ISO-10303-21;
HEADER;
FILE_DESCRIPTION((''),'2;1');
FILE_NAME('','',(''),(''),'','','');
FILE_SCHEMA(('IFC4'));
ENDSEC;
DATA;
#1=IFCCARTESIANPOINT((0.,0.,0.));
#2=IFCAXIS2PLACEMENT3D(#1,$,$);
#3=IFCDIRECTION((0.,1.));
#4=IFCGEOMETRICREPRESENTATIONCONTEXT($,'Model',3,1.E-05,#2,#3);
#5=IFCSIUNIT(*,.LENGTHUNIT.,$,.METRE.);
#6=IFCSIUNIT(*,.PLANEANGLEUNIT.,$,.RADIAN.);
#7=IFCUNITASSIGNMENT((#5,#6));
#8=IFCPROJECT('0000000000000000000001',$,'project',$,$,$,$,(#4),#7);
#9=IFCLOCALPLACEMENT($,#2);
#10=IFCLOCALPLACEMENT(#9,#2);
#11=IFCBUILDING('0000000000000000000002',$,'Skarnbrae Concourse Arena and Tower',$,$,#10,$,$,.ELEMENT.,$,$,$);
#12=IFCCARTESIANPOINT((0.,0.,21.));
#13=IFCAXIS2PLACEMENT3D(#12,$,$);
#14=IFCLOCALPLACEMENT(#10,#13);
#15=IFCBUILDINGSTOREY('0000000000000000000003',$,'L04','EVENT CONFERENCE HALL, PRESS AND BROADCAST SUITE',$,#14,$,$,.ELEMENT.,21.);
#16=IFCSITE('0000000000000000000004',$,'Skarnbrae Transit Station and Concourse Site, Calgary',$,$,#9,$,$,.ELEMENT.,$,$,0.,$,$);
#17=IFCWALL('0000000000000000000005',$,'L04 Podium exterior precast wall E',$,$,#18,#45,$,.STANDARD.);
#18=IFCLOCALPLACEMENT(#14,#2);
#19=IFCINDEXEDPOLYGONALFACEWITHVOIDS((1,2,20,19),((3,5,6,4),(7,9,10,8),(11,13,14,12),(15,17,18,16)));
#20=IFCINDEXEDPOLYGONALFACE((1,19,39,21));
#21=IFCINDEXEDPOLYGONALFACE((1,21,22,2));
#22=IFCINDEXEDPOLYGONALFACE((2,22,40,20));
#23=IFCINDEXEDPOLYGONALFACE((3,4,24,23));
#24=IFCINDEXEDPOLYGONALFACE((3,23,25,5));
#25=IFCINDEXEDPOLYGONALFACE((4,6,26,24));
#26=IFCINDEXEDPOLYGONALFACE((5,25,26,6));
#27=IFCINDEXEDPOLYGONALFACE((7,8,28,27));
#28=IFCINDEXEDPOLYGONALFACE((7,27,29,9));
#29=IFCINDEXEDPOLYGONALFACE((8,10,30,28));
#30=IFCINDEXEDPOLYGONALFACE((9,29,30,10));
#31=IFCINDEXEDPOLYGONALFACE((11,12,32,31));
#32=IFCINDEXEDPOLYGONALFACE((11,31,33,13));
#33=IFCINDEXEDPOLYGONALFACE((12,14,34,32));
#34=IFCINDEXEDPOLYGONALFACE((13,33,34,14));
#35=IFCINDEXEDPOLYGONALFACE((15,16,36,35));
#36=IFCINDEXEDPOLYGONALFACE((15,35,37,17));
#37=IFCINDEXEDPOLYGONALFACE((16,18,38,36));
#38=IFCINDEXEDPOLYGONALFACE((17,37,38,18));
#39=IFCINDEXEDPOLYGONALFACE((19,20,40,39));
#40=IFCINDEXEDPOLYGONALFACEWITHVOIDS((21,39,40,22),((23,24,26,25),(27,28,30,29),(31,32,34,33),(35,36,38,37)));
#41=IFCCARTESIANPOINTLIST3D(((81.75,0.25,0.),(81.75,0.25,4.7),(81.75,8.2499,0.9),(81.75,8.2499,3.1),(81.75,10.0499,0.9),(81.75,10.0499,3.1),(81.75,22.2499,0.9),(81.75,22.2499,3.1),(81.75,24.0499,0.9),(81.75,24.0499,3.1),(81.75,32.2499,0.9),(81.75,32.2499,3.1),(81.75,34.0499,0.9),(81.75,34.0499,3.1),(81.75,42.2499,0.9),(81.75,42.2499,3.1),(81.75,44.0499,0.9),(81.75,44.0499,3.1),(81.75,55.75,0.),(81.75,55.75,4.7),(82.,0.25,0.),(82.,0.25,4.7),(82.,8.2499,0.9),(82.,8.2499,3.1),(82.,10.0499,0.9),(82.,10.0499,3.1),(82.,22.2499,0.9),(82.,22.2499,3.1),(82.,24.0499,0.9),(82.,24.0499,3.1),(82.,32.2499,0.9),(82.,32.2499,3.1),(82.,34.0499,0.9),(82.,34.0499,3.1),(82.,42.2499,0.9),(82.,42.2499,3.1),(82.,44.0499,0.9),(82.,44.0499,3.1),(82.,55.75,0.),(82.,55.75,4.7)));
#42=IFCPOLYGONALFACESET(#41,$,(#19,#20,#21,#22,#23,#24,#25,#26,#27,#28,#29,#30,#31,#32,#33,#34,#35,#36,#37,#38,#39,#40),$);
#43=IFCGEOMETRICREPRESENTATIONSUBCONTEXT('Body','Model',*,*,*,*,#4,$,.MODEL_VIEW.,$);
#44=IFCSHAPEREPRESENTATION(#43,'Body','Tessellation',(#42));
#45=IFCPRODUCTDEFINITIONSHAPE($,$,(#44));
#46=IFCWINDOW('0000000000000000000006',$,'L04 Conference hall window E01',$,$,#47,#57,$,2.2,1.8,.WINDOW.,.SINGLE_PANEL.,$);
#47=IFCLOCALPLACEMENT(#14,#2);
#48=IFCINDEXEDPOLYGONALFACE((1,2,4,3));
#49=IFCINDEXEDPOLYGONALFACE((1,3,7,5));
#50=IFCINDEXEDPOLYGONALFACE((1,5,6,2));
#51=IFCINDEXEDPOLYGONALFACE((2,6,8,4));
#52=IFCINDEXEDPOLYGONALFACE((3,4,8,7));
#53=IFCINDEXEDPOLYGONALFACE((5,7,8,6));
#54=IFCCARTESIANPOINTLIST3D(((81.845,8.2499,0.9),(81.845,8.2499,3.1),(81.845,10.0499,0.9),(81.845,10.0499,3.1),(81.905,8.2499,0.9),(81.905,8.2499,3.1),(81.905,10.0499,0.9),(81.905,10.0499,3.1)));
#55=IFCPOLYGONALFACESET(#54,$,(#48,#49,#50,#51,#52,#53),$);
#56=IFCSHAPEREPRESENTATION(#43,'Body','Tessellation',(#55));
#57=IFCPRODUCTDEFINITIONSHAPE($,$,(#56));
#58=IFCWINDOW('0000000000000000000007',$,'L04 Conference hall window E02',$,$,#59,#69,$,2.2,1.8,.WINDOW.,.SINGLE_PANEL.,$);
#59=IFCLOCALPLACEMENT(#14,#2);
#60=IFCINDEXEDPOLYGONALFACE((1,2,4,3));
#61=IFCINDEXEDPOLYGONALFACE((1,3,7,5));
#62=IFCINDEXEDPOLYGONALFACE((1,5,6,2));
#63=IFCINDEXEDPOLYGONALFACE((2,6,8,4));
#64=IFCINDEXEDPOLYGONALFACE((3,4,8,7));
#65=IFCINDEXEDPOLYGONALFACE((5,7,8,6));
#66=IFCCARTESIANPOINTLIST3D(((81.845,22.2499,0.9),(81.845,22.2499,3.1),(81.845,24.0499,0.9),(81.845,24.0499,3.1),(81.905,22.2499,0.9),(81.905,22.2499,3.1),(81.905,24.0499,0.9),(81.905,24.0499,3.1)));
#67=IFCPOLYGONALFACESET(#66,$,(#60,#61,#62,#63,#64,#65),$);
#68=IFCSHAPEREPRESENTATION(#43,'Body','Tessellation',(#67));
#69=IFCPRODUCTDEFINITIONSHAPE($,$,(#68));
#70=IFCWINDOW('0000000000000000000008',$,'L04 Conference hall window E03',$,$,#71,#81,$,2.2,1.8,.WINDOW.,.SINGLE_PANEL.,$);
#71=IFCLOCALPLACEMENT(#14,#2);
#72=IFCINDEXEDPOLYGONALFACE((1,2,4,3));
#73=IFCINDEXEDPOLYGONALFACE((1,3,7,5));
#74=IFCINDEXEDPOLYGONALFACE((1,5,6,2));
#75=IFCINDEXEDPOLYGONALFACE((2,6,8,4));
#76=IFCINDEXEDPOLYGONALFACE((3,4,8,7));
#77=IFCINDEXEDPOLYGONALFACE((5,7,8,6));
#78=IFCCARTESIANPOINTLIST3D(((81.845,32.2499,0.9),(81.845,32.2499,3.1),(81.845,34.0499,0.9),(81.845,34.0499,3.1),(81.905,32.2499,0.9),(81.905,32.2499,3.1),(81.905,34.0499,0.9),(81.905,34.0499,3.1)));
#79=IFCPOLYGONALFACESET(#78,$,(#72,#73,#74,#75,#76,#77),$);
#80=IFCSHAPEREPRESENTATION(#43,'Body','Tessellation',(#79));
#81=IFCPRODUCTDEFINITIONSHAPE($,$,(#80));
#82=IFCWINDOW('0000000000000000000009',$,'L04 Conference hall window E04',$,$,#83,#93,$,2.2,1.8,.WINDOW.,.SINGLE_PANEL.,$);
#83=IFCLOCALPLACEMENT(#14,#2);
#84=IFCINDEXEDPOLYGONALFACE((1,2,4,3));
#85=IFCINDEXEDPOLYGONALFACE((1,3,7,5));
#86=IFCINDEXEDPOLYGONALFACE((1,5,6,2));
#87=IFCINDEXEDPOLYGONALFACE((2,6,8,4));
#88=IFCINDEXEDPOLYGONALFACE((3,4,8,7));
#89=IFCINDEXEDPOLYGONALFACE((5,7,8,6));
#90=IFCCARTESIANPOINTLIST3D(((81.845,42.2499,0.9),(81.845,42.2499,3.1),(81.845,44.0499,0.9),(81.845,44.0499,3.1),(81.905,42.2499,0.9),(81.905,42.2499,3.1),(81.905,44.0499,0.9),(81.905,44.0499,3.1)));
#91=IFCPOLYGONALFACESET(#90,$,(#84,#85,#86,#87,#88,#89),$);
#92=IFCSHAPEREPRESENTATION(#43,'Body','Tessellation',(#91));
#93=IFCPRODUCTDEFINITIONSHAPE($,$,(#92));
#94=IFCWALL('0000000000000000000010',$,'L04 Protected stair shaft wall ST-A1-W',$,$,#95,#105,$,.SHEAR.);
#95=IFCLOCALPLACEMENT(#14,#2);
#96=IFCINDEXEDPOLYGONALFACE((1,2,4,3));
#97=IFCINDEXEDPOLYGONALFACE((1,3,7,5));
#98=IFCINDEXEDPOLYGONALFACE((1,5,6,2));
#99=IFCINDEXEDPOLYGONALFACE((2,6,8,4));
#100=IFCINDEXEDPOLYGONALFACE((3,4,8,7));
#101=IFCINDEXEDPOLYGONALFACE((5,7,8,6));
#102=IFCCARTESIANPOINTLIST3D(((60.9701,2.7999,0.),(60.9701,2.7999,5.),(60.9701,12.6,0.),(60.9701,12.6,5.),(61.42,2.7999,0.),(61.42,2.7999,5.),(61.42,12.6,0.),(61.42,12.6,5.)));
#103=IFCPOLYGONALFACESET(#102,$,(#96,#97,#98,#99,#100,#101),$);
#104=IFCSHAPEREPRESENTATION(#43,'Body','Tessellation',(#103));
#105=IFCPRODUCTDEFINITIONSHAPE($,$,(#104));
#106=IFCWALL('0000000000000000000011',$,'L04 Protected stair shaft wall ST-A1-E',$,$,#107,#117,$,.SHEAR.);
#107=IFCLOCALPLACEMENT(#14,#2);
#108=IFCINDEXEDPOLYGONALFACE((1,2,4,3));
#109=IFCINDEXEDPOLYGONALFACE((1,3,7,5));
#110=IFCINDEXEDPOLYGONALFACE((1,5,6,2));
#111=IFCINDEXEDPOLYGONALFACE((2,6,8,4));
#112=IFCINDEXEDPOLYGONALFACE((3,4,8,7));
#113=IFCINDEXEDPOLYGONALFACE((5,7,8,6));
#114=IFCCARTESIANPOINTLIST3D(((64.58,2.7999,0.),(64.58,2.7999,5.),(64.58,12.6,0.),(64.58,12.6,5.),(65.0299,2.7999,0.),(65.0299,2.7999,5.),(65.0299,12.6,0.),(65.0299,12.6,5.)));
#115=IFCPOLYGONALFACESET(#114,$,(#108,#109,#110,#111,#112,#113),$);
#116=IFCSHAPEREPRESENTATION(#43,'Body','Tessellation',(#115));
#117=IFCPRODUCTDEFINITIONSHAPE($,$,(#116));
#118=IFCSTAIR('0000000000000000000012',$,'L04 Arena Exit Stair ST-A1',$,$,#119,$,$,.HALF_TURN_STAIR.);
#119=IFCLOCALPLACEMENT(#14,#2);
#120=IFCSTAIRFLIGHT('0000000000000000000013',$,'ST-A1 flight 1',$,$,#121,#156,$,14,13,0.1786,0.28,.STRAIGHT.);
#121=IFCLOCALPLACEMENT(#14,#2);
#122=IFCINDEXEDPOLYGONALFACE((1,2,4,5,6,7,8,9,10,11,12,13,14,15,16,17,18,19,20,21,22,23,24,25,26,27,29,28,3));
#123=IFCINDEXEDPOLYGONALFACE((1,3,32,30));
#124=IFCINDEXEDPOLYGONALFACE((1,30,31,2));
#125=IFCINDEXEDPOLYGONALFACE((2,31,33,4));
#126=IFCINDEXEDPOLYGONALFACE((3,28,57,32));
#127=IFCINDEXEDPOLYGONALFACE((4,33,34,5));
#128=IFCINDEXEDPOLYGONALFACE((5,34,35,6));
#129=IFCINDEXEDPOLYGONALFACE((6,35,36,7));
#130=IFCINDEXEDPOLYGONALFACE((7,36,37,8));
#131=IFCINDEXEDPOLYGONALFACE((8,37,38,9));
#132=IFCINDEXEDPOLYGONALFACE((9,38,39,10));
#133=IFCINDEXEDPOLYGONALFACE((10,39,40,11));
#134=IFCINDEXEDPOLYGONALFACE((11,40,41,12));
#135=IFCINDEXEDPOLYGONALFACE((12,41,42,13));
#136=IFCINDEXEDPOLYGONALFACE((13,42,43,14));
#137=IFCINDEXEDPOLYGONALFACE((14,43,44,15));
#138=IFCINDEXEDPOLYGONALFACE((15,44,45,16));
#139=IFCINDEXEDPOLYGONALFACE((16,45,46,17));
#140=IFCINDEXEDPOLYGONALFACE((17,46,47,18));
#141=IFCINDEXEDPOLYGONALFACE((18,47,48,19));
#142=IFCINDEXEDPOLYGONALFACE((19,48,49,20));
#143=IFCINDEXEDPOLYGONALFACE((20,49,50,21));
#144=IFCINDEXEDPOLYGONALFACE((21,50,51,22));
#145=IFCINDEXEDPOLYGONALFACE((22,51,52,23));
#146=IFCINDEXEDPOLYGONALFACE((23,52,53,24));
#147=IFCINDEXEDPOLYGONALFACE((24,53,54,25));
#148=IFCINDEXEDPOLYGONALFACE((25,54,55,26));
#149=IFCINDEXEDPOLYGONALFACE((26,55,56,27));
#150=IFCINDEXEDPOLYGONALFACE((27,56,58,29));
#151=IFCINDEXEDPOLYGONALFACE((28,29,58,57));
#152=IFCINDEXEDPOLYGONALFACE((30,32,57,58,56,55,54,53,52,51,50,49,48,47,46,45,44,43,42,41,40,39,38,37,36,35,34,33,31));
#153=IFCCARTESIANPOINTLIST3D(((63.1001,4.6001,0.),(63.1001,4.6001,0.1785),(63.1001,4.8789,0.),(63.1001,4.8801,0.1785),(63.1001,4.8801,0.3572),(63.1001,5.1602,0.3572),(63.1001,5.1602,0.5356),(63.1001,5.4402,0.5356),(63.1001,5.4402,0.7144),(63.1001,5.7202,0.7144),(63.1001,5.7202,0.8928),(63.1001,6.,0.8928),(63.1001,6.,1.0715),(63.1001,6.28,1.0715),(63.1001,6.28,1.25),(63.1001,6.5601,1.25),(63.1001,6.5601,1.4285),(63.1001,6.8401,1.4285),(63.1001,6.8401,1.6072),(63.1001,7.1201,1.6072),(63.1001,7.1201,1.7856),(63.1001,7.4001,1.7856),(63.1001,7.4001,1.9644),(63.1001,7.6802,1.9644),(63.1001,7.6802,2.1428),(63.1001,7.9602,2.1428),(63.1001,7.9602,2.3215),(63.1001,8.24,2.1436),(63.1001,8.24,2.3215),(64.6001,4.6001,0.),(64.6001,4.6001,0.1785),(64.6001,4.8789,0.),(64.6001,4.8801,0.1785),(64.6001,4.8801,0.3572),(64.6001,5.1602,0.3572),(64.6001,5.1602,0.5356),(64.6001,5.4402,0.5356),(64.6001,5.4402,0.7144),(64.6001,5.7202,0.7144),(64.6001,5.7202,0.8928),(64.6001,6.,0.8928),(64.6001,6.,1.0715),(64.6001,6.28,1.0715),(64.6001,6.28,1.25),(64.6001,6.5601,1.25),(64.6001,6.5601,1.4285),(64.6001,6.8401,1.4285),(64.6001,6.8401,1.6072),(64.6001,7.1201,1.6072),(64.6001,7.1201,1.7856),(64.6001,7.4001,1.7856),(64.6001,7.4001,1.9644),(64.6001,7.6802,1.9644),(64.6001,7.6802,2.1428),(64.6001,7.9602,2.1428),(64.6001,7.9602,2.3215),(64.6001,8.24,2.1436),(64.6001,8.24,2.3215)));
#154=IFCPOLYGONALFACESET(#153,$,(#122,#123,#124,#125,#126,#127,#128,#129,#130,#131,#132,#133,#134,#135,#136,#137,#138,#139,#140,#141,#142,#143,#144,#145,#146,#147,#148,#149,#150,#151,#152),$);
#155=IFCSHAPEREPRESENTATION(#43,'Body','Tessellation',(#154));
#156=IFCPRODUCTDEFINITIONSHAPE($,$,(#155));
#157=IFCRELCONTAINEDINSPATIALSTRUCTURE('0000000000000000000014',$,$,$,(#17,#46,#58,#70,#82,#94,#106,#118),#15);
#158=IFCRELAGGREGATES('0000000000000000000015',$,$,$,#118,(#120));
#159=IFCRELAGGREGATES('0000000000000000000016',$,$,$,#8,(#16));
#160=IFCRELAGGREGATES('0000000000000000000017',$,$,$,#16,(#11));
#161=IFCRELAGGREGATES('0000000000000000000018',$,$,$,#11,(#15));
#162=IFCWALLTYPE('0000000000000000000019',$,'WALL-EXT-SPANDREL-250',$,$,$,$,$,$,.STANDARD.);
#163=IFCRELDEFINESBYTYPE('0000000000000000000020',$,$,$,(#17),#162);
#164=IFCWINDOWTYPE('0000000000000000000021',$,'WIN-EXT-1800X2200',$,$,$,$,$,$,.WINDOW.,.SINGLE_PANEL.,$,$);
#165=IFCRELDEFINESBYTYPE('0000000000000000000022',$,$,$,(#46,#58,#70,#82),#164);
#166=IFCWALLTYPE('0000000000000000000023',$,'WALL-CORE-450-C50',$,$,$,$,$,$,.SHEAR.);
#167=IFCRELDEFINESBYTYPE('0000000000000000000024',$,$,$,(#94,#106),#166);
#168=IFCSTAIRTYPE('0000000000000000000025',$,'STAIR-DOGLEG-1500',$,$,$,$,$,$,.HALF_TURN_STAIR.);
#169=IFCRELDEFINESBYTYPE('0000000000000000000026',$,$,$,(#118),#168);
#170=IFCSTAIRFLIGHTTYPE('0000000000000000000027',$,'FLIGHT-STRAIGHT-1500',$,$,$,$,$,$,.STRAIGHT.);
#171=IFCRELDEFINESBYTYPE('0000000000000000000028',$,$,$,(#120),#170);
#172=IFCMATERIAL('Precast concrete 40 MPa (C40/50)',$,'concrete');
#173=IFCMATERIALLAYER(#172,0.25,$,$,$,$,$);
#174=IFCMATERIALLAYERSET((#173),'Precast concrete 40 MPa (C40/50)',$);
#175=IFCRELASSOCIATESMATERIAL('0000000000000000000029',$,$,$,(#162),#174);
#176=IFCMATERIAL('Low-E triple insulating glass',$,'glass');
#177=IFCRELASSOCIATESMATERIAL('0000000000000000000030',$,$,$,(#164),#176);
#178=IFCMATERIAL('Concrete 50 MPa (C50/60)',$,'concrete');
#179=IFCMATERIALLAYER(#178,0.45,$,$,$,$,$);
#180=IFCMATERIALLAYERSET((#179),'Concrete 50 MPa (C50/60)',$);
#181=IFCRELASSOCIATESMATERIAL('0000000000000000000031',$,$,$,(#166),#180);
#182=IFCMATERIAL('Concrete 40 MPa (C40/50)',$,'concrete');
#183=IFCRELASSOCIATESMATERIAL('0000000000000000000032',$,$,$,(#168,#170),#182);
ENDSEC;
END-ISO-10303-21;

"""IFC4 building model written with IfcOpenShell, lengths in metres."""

from ifc_helpers import new_model, si_unit, direction, frame, frame_2d, origin, place, context, subcontext, project, spatial, polyline, rectangle, outline, extrude, source, transform, mapped, material, layer, layer_set, type_object, element, fill, aggregate, save


model = new_model("IFC4")

# Units and contexts
model_context = context("Model", 3, precision=1e-05, world=origin(), true_north=direction((0.0, 1.0)))
body_context = subcontext(model_context, "Body", "Model", "MODEL_VIEW")
ifc_project = project(units=[si_unit("LENGTHUNIT", "METRE"), si_unit("PLANEANGLEUNIT", "RADIAN")], contexts=[model_context])

# Site, building, storey
site_placement = place(None, origin())
site = spatial("IfcSite", under=ifc_project, at=site_placement, Name="Skarnbrae Transit Station and Concourse Site, Calgary", CompositionType="ELEMENT", RefElevation=0.0)
building_placement = place(site_placement, origin())
building = spatial("IfcBuilding", under=site, at=building_placement, Name="Skarnbrae Concourse Arena and Tower", CompositionType="ELEMENT")
storey_placement = place(building_placement, frame((0.0, 0.0, 21.0)))
storey = spatial("IfcBuildingStorey", under=building, at=storey_placement, Name="L04", Description="EVENT CONFERENCE HALL, PRESS AND BROADCAST SUITE", CompositionType="ELEMENT", Elevation=21.0)

# Wall, openings, windows
ifc_material_1 = material(Name="Precast concrete 40 MPa (C40/50)", Category="concrete")
ifc_layer_1 = layer(ifc_material_1, 0.25)
ifc_layer_set_1 = layer_set([ifc_layer_1], Name="Precast concrete 40 MPa (C40/50)")
wall_type_1 = type_object("IfcWallType", Name="WALL-EXT-SPANDREL-250", PredefinedType="STANDARD", material=ifc_layer_set_1)
shared_shape_1 = source(origin(), body_context, "Body", "SweptSolid", [
    extrude(rectangle(XDim=55.5, YDim=0.25, at=frame_2d((27.75, 0.0))), origin(), (0.0, 0.0, 1.0), 4.7),
])
wall_placement = place(storey_placement, frame((81.875, 0.25, 0.0), z_axis=(0.0, 0.0, 1.0), x_axis=(0.0, 1.0, 0.0)))
wall = element("IfcWall", 1, at=wall_placement, inside=storey, type_object=wall_type_1, Name="L04 Podium exterior precast wall E", PredefinedType="STANDARD", context=body_context, shape_type="MappedRepresentation", body=[
    mapped(shared_shape_1, transform((0.0, 0.0, 0.0))),
])
opening_1_placement = place(wall_placement, frame((8.0, 0.0, 0.8999)))
opening_1 = element("IfcOpeningElement", 2, at=opening_1_placement, cuts=wall, PredefinedType="OPENING", context=body_context, shape_type="SweptSolid", body=[
    extrude(rectangle(XDim=1.8, YDim=2.2, at=frame_2d((0.8999, 1.1001))), frame((0.0, 0.135, 0.0), z_axis=(0.0, -1.0, 0.0), x_axis=(1.0, 0.0, 0.0)), (0.0, 0.0, 1.0), 0.27),
])
opening_2_placement = place(wall_placement, frame((22.0, 0.0, 0.8999)))
opening_2 = element("IfcOpeningElement", 3, at=opening_2_placement, cuts=wall, PredefinedType="OPENING", context=body_context, shape_type="SweptSolid", body=[
    extrude(rectangle(XDim=1.8, YDim=2.2, at=frame_2d((0.8999, 1.1001))), frame((0.0, 0.135, 0.0), z_axis=(0.0, -1.0, 0.0), x_axis=(1.0, 0.0, 0.0)), (0.0, 0.0, 1.0), 0.27),
])
opening_3_placement = place(wall_placement, frame((32.0, 0.0, 0.8999)))
opening_3 = element("IfcOpeningElement", 4, at=opening_3_placement, cuts=wall, PredefinedType="OPENING", context=body_context, shape_type="SweptSolid", body=[
    extrude(rectangle(XDim=1.8, YDim=2.2, at=frame_2d((0.8999, 1.1001))), frame((0.0, 0.135, 0.0), z_axis=(0.0, -1.0, 0.0), x_axis=(1.0, 0.0, 0.0)), (0.0, 0.0, 1.0), 0.27),
])
opening_4_placement = place(wall_placement, frame((42.0, 0.0, 0.8999)))
opening_4 = element("IfcOpeningElement", 5, at=opening_4_placement, cuts=wall, PredefinedType="OPENING", context=body_context, shape_type="SweptSolid", body=[
    extrude(rectangle(XDim=1.8, YDim=2.2, at=frame_2d((0.8999, 1.1001))), frame((0.0, 0.135, 0.0), z_axis=(0.0, -1.0, 0.0), x_axis=(1.0, 0.0, 0.0)), (0.0, 0.0, 1.0), 0.27),
])
ifc_material_2 = material(Name="Low-E triple insulating glass", Category="glass")
window_type = type_object("IfcWindowType", Name="WIN-EXT-1800X2200", PartitioningType="SINGLE_PANEL", PredefinedType="WINDOW", material=ifc_material_2)
shared_shape_2 = source(origin(), body_context, "Body", "SweptSolid", [
    extrude(rectangle(XDim=1.8, YDim=2.2, at=frame_2d((0.8999, 1.1001))), frame((0.0, 0.03, 0.0), z_axis=(0.0, -1.0, 0.0), x_axis=(1.0, 0.0, 0.0)), (0.0, 0.0, 1.0), 0.0601),
])
window_1_placement = place(opening_1_placement, origin())
window_1 = element("IfcWindow", 6, at=window_1_placement, inside=storey, type_object=window_type, Name="L04 Conference hall window E01", OverallHeight=2.2, OverallWidth=1.8, PartitioningType="SINGLE_PANEL", PredefinedType="WINDOW", context=body_context, shape_type="MappedRepresentation", body=[
    mapped(shared_shape_2, transform((0.0, 0.0, 0.0))),
])
fill(opening_1, window_1)
window_2_placement = place(opening_2_placement, origin())
window_2 = element("IfcWindow", 7, at=window_2_placement, inside=storey, type_object=window_type, Name="L04 Conference hall window E02", OverallHeight=2.2, OverallWidth=1.8, PartitioningType="SINGLE_PANEL", PredefinedType="WINDOW", context=body_context, shape_type="MappedRepresentation", body=[
    mapped(shared_shape_2, transform((0.0, 0.0, 0.0))),
])
fill(opening_2, window_2)
window_3_placement = place(opening_3_placement, origin())
window_3 = element("IfcWindow", 8, at=window_3_placement, inside=storey, type_object=window_type, Name="L04 Conference hall window E03", OverallHeight=2.2, OverallWidth=1.8, PartitioningType="SINGLE_PANEL", PredefinedType="WINDOW", context=body_context, shape_type="MappedRepresentation", body=[
    mapped(shared_shape_2, transform((0.0, 0.0, 0.0))),
])
fill(opening_3, window_3)
window_4_placement = place(opening_4_placement, origin())
window_4 = element("IfcWindow", 9, at=window_4_placement, inside=storey, type_object=window_type, Name="L04 Conference hall window E04", OverallHeight=2.2, OverallWidth=1.8, PartitioningType="SINGLE_PANEL", PredefinedType="WINDOW", context=body_context, shape_type="MappedRepresentation", body=[
    mapped(shared_shape_2, transform((0.0, 0.0, 0.0))),
])
fill(opening_4, window_4)

# Walls
ifc_material_3 = material(Name="Concrete 50 MPa (C50/60)", Category="concrete")
ifc_layer_2 = layer(ifc_material_3, 0.45)
ifc_layer_set_2 = layer_set([ifc_layer_2], Name="Concrete 50 MPa (C50/60)")
wall_type_2 = type_object("IfcWallType", Name="WALL-CORE-450-C50", PredefinedType="SHEAR", material=ifc_layer_set_2)
shared_shape_3 = source(origin(), body_context, "Body", "SweptSolid", [
    extrude(rectangle(XDim=9.8, YDim=0.45, at=frame_2d((4.8999, 0.0))), origin(), (0.0, 0.0, 1.0), 5.0),
])
for number, where, z_axis, x_axis, name in (
    (10, (61.1951, 2.8, 0.0), (0.0, 0.0, 1.0), (0.0, 1.0, 0.0), "L04 Protected stair shaft wall ST-A1-W"),
    (11, (64.8049, 2.8, 0.0), (0.0, 0.0, 1.0), (0.0, 1.0, 0.0), "L04 Protected stair shaft wall ST-A1-E"),
):
    element("IfcWall", number, at=place(storey_placement, frame(where, z_axis=z_axis, x_axis=x_axis)), inside=storey, type_object=wall_type_2, Name=name, PredefinedType="SHEAR", context=body_context, shape_type="MappedRepresentation", body=[
        mapped(shared_shape_3, transform((0.0, 0.0, 0.0))),
    ])

# Stair, stair flight
ifc_material_4 = material(Name="Concrete 40 MPa (C40/50)", Category="concrete")
stair_type = type_object("IfcStairType", Name="STAIR-DOGLEG-1500", PredefinedType="HALF_TURN_STAIR", material=ifc_material_4)
stair_placement = place(storey_placement, origin())
stair = element("IfcStair", 12, at=stair_placement, inside=storey, type_object=stair_type, Name="L04 Arena Exit Stair ST-A1", PredefinedType="HALF_TURN_STAIR")
stair_flight_type = type_object("IfcStairFlightType", Name="FLIGHT-STRAIGHT-1500", PredefinedType="STRAIGHT", material=ifc_material_4)
shared_shape_4 = source(origin(), body_context, "Body", "SweptSolid", [
    extrude(outline(polyline([(0.0, 0.0), (0.0, 0.1785), (0.28, 0.1785), (0.28, 0.3572), (0.5601, 0.3572), (0.5601, 0.5356), (0.8401, 0.5356), (0.8401, 0.7144), (1.1201, 0.7144), (1.1201, 0.8928), (1.3999, 0.8928), (1.3999, 1.0715), (1.6799, 1.0715), (1.6799, 1.25), (1.96, 1.25), (1.96, 1.4285), (2.24, 1.4285), (2.24, 1.6072), (2.52, 1.6072), (2.52, 1.7856), (2.8, 1.7856), (2.8, 1.9644), (3.0801, 1.9644), (3.0801, 2.1428), (3.3601, 2.1428), (3.3601, 2.3215), (3.6399, 2.3215), (3.6399, 2.5), (3.6399, 2.1436), (0.2788, 0.0), (0.0, 0.0)])), frame((0.0, 0.75, 0.0), z_axis=(0.0, -1.0, 0.0), x_axis=(1.0, 0.0, 0.0)), (0.0, 0.0, 1.0), 1.5),
])
stair_flight_1_placement = place(storey_placement, frame((63.8501, 4.6001, 0.0), z_axis=(0.0, 0.0, 1.0), x_axis=(0.0, 1.0, 0.0)))
stair_flight_1 = element("IfcStairFlight", 13, at=stair_flight_1_placement, type_object=stair_flight_type, Name="ST-A1 flight 1", NumberOfRisers=14, NumberOfTreads=13, PredefinedType="STRAIGHT", RiserHeight=0.1786, TreadLength=0.28, context=body_context, shape_type="MappedRepresentation", body=[
    mapped(shared_shape_4, transform((0.0, 0.0, 0.0))),
])
aggregate(stair, [stair_flight_1])

save(model, "model.ifc")
